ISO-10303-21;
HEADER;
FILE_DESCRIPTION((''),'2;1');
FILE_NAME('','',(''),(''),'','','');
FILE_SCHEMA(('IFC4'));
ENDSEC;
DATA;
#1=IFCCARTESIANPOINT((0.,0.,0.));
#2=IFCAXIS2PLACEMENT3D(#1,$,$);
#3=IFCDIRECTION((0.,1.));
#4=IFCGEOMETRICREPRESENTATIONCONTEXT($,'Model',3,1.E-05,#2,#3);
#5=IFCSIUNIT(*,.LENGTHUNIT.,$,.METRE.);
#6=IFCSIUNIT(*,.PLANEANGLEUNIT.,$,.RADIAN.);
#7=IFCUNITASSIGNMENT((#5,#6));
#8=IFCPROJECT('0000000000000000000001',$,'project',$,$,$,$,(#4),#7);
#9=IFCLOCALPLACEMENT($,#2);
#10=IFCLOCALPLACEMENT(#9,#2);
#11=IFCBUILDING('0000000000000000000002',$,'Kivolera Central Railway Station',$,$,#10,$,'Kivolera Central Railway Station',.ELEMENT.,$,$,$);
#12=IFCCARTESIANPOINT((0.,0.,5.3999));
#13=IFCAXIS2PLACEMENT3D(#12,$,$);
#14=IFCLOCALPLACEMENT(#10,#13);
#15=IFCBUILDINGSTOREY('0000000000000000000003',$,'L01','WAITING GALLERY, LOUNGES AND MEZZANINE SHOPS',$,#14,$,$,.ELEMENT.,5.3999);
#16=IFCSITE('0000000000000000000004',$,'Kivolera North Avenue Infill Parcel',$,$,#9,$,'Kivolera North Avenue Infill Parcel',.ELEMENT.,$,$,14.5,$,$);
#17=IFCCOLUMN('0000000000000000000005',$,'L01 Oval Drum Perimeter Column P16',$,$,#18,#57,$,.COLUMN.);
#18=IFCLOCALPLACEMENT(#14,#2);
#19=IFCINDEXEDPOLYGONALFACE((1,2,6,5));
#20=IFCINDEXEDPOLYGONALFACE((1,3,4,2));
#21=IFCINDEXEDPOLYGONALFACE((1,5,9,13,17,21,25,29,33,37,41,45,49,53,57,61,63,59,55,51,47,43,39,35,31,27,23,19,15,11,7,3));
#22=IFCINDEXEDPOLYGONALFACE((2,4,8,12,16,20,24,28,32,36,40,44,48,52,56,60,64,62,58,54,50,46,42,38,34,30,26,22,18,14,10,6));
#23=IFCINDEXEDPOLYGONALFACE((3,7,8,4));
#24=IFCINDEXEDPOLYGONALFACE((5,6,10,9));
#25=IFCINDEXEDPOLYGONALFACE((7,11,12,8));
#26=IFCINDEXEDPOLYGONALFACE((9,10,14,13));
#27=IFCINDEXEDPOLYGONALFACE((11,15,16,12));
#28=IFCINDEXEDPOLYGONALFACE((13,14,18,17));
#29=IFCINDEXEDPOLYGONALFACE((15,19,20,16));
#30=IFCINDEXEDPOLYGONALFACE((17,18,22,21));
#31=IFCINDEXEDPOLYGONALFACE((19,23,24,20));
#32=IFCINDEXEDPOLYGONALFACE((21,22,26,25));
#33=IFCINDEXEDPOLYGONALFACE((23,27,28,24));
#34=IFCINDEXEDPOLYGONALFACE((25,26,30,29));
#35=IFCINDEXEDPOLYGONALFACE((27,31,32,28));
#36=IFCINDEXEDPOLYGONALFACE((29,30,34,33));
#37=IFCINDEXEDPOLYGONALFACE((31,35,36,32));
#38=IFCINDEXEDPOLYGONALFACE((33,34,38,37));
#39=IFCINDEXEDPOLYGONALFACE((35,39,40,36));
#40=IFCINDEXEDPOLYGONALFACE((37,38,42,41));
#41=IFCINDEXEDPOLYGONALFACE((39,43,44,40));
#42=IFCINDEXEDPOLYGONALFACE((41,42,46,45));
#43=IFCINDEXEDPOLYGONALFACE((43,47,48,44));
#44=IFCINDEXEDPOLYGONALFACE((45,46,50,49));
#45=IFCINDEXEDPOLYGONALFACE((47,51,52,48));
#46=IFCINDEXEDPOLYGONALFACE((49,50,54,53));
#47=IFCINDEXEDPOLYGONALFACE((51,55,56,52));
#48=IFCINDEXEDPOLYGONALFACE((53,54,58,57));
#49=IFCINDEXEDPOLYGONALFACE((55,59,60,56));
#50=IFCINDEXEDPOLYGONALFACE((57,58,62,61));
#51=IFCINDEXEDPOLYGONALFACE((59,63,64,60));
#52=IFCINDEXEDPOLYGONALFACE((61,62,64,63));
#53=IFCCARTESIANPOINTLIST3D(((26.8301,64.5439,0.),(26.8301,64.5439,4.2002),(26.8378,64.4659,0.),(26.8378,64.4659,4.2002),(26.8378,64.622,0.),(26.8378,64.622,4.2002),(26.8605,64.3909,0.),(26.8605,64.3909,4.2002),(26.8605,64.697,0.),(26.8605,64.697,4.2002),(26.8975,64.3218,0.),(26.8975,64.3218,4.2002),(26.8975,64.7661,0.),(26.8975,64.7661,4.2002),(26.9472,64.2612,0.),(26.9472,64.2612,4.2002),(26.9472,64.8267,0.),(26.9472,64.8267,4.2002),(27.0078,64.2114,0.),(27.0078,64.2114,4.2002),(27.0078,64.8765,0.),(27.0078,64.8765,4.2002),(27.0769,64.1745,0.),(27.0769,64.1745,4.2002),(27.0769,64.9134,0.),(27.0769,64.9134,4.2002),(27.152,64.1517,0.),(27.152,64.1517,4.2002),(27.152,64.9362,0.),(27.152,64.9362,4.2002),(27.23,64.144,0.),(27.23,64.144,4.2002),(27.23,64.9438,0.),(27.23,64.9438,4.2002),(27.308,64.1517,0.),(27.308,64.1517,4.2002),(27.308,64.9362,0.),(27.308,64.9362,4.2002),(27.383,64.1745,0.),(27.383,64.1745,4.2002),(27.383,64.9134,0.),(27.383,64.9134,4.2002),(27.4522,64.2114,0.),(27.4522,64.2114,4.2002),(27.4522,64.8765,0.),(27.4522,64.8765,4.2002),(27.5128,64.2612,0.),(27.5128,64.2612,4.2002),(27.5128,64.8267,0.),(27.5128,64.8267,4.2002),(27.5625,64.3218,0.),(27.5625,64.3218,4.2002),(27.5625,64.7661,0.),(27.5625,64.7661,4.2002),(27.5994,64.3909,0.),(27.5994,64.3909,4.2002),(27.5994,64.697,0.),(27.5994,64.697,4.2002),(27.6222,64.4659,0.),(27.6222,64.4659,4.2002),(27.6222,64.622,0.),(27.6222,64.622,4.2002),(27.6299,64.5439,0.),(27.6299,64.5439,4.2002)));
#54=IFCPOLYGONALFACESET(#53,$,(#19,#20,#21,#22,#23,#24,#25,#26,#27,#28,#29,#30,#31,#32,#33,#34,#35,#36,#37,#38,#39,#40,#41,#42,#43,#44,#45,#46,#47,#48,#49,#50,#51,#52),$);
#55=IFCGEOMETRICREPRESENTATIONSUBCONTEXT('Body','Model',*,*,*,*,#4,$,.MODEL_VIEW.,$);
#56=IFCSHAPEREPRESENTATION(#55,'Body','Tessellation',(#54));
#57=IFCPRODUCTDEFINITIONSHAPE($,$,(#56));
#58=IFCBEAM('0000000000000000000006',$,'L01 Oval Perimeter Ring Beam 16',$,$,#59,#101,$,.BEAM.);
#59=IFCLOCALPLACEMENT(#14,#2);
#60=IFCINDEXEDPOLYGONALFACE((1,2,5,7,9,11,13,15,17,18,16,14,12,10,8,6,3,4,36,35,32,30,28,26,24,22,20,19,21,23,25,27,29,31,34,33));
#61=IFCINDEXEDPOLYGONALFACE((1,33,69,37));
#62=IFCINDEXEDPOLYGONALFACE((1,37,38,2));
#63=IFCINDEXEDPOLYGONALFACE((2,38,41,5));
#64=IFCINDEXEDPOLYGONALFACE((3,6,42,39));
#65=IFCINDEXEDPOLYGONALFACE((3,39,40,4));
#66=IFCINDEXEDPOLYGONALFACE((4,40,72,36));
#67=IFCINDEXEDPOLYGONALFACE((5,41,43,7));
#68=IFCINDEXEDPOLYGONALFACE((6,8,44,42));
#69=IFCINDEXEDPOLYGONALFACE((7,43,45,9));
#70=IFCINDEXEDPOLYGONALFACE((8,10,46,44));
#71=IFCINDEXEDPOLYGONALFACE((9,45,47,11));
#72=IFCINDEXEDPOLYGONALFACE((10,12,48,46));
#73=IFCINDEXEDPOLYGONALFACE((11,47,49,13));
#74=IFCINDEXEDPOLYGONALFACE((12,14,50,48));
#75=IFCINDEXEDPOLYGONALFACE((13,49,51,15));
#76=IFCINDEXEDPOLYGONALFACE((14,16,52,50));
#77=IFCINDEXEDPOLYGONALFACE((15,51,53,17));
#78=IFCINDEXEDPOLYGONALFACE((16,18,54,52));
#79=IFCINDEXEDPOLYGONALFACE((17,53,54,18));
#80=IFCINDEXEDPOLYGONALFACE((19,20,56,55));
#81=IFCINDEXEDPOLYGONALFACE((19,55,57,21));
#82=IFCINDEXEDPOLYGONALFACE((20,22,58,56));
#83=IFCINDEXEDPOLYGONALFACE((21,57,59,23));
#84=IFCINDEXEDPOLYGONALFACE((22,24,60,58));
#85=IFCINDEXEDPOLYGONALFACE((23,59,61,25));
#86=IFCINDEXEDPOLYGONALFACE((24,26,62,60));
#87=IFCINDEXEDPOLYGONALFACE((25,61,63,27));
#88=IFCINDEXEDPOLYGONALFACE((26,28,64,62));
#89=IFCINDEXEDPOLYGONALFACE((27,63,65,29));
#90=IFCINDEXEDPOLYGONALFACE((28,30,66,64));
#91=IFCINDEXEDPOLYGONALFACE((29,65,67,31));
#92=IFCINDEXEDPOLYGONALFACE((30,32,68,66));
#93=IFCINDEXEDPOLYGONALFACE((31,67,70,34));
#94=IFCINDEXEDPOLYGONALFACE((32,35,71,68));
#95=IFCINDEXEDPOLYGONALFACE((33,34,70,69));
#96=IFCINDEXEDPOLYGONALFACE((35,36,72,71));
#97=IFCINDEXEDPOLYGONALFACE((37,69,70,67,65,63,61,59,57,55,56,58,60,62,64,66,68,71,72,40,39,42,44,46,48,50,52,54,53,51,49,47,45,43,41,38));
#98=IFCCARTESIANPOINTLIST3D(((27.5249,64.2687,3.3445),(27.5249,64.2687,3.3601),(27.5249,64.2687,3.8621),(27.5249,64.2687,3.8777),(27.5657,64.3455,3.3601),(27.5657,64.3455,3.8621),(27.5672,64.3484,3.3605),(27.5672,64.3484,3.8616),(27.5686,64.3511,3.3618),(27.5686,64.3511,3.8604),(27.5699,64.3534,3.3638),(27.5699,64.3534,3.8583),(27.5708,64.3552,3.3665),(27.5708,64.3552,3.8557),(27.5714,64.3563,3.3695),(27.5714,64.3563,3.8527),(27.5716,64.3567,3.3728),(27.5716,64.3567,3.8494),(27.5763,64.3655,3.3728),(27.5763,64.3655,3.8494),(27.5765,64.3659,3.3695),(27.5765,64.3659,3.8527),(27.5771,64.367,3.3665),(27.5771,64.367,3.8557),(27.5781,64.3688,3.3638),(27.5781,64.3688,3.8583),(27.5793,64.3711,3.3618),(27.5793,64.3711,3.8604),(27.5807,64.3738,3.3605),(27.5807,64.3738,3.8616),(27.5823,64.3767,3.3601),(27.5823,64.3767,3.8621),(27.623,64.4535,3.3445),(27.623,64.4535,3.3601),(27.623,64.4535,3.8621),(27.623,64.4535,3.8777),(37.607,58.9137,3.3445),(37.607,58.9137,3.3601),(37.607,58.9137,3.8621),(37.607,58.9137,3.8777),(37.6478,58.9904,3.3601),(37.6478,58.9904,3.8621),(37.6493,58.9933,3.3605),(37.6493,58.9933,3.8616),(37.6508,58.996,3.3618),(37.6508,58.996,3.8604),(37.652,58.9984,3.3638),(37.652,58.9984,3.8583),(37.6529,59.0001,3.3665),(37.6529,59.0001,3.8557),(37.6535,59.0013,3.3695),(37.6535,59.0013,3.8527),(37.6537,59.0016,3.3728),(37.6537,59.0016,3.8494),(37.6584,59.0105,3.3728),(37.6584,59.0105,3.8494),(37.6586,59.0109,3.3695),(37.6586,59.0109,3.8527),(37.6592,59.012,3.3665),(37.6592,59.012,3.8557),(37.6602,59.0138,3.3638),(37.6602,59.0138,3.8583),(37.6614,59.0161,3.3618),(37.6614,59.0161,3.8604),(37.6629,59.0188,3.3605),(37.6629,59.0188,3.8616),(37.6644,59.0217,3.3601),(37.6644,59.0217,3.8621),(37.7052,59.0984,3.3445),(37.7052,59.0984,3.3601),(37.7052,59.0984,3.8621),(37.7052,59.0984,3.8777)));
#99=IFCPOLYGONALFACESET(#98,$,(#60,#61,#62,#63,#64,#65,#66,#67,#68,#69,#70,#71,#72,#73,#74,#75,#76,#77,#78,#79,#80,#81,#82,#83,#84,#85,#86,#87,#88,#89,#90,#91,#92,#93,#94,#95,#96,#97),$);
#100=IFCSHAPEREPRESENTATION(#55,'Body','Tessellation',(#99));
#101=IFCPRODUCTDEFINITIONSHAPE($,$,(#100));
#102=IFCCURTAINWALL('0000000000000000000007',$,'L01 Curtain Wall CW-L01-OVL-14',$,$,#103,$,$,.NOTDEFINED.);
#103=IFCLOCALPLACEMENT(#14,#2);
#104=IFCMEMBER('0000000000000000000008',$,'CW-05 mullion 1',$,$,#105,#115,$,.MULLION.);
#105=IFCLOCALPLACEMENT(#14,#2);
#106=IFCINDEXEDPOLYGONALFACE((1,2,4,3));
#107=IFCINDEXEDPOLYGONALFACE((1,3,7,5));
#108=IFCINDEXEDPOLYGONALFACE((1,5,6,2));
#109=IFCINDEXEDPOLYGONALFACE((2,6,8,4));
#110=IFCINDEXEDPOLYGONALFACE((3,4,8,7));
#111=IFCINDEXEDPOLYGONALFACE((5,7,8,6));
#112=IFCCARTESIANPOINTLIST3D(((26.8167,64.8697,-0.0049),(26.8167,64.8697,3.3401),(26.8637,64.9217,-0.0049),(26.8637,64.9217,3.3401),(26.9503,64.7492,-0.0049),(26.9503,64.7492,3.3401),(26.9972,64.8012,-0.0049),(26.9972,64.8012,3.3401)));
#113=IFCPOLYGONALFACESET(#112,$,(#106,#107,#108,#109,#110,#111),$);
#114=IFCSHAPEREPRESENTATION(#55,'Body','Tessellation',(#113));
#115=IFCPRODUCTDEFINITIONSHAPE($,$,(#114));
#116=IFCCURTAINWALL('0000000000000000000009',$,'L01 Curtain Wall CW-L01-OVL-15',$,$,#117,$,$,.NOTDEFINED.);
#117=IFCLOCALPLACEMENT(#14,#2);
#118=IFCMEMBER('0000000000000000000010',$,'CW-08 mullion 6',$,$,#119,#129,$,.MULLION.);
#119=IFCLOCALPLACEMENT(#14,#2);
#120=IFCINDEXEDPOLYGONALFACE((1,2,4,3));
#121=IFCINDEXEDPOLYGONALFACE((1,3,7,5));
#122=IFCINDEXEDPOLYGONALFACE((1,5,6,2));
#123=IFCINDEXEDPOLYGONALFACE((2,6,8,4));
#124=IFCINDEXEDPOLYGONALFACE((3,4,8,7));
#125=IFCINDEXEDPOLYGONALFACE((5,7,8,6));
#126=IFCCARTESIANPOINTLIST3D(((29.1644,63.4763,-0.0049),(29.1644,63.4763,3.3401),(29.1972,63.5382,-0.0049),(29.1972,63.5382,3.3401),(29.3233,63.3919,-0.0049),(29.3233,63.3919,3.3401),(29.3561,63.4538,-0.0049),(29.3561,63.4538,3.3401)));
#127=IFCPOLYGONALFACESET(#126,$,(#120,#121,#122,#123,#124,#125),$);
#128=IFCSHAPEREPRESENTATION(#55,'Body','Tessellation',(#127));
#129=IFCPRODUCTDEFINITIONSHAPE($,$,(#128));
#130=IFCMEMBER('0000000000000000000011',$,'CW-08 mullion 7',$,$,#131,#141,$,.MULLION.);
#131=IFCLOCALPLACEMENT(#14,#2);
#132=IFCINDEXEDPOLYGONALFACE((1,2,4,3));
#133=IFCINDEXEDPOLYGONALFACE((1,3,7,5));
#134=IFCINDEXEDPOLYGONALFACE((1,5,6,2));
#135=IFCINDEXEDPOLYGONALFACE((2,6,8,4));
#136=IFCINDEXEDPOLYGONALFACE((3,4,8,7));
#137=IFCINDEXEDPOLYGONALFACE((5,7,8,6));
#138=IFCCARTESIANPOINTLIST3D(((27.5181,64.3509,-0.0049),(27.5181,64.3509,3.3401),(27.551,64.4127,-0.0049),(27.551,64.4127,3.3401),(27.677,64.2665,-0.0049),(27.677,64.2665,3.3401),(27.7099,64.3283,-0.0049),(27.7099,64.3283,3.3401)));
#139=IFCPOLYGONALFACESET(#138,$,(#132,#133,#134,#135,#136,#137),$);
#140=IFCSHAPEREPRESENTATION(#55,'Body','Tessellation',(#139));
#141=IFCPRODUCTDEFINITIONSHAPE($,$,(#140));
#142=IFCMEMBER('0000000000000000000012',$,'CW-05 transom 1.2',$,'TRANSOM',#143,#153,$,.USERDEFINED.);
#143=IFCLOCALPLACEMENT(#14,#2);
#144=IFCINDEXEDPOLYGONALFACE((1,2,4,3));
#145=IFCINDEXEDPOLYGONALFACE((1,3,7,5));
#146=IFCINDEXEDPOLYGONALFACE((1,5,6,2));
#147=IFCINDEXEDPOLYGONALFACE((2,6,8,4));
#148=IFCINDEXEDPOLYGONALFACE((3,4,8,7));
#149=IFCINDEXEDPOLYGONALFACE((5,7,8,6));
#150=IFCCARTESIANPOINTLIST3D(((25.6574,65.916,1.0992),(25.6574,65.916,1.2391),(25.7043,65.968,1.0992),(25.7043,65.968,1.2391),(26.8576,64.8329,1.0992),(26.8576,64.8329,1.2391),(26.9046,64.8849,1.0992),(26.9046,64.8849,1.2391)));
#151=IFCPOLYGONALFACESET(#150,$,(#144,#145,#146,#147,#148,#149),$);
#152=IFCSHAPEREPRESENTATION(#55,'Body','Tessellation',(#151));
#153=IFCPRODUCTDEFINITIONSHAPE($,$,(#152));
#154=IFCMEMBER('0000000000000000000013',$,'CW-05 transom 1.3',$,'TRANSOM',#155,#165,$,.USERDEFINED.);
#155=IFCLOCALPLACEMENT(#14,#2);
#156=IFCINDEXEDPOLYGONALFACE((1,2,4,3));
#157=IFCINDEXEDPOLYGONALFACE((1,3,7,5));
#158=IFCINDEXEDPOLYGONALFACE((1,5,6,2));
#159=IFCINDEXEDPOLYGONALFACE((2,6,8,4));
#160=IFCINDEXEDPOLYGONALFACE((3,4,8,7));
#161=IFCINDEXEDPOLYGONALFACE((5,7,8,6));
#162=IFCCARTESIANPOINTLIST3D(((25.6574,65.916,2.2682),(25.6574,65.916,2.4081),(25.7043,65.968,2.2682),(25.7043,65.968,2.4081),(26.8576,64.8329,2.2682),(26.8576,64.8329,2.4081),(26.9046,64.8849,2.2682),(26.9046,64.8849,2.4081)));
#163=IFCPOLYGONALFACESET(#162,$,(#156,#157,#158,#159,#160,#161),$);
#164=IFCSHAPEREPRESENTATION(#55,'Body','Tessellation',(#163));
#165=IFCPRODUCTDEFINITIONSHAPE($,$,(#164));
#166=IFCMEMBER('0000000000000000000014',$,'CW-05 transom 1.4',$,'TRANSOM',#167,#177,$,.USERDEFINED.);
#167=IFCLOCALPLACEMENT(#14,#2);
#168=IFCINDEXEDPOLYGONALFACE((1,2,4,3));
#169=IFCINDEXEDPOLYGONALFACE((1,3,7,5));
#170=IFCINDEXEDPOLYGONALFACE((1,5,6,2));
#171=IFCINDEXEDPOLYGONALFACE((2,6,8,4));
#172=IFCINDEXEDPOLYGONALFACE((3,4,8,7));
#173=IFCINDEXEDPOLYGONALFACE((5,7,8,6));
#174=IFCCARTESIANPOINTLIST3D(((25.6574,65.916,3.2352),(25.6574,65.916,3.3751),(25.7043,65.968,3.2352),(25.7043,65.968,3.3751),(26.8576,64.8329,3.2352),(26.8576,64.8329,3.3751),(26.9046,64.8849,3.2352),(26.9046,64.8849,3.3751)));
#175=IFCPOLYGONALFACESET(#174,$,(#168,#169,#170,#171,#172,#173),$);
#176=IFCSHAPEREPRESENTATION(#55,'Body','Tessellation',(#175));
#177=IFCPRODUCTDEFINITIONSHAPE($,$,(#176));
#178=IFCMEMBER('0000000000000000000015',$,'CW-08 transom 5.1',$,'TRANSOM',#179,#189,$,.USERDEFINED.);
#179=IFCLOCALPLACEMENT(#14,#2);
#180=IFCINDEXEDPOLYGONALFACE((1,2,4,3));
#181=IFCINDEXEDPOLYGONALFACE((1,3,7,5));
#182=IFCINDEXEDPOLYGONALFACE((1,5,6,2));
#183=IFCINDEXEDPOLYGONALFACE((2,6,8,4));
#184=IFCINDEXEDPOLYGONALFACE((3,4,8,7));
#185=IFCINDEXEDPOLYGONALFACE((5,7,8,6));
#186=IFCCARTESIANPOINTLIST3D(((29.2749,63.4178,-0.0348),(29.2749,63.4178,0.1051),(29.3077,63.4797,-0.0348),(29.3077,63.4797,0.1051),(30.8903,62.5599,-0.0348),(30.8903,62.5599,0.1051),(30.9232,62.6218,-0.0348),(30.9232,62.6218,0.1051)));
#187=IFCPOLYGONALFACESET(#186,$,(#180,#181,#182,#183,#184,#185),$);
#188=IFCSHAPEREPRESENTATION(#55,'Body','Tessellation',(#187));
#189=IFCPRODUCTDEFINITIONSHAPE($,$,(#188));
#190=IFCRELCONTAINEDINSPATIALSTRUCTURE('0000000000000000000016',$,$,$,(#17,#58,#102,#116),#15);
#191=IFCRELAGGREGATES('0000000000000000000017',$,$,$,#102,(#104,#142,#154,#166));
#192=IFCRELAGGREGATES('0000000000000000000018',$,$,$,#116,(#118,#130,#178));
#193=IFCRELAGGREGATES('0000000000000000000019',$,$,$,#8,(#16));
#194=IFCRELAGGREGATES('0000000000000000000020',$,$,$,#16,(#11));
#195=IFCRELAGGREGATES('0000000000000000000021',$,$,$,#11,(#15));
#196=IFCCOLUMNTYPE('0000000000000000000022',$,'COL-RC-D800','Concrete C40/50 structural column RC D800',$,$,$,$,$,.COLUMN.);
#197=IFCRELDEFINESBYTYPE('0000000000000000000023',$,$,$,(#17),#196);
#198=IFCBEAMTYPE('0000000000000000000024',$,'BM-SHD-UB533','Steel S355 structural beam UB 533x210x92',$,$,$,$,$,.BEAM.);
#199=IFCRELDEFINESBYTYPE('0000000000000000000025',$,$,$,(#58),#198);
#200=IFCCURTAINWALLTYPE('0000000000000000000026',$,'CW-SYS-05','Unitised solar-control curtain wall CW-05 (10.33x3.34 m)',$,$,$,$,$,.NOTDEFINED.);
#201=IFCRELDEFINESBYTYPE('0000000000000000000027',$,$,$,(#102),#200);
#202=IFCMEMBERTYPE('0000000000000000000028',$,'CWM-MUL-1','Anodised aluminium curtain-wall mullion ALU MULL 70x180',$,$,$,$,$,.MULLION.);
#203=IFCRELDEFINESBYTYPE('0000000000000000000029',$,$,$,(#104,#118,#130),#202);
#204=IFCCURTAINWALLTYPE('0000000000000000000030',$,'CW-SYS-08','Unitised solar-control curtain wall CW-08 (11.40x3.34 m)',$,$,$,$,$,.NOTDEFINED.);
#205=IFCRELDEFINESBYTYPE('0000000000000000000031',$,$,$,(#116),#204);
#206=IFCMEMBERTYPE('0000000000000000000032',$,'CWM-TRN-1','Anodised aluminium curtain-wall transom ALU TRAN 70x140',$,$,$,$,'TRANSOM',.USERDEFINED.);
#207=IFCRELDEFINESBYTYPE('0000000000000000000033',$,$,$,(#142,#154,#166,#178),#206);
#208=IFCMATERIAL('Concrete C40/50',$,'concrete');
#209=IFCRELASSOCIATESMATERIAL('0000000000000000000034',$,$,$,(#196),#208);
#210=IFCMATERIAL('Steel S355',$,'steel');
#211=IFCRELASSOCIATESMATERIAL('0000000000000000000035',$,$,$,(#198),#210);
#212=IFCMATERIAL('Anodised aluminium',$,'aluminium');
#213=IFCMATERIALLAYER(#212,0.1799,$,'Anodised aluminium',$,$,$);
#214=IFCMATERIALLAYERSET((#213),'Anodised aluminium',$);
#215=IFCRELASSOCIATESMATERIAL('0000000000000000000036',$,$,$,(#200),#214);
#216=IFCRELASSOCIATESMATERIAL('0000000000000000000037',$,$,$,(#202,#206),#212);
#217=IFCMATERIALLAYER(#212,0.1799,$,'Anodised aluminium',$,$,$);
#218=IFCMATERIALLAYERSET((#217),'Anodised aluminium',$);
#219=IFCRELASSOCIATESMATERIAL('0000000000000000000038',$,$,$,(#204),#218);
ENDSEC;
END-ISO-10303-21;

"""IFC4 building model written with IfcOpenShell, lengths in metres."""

from ifc_helpers import new_model, si_unit, direction, frame, origin, origin_2d, place, context, subcontext, project, spatial, rectangle, circle, i_section, extrude, material, layer, layer_set, material_profile, profile_set, type_object, element, aggregate, save


model = new_model("IFC4")

# Units and contexts
model_context = context("Model", 3, precision=1e-05, world=origin(), true_north=direction((0.0, 1.0)))
body_context = subcontext(model_context, "Body", "Model", "MODEL_VIEW")
ifc_project = project(units=[si_unit("LENGTHUNIT", "METRE"), si_unit("PLANEANGLEUNIT", "RADIAN")], contexts=[model_context])

# Site, building, storey
site_placement = place(None, origin())
site = spatial("IfcSite", under=ifc_project, at=site_placement, Name="Kivolera North Avenue Infill Parcel", LongName="Kivolera North Avenue Infill Parcel", CompositionType="ELEMENT", RefElevation=14.5)
building_placement = place(site_placement, origin())
building = spatial("IfcBuilding", under=site, at=building_placement, Name="Kivolera Central Railway Station", LongName="Kivolera Central Railway Station", CompositionType="ELEMENT")
storey_placement = place(building_placement, frame((0.0, 0.0, 5.3999)))
storey = spatial("IfcBuildingStorey", under=building, at=storey_placement, Name="L01", Description="WAITING GALLERY, LOUNGES AND MEZZANINE SHOPS", CompositionType="ELEMENT", Elevation=5.3999)

# Column
ifc_material_1 = material(Name="Concrete C40/50", Category="concrete")
ifc_material_profile_1 = material_profile(ifc_material_1, circle(Radius=0.3999, at=origin_2d()), Name="RC D800")
ifc_profile_set_1 = profile_set([ifc_material_profile_1], Name="Concrete C40/50")
column_type = type_object("IfcColumnType", Name="COL-RC-D800", Description="Concrete C40/50 structural column RC D800", PredefinedType="COLUMN", material=ifc_profile_set_1)
column_placement = place(storey_placement, frame((27.23, 64.5439, 0.0), z_axis=(0.0, 0.0, 1.0), x_axis=(1.0, 0.0, 0.0)))
element("IfcColumn", 1, at=column_placement, inside=storey, type_object=column_type, Name="L01 Oval Drum Perimeter Column P16", PredefinedType="COLUMN", context=body_context, shape_type="SweptSolid", body=[
    extrude(circle(Radius=0.3999, at=origin_2d()), origin(), (0.0, 0.0, 1.0), 4.2002),
])

# Beam
ifc_material_2 = material(Name="Steel S355", Category="steel")
ifc_material_profile_2 = material_profile(ifc_material_2, i_section(OverallWidth=0.2092, OverallDepth=0.5332, WebThickness=0.01, FlangeThickness=0.0156, FilletRadius=0.0127, at=origin_2d()), Name="UB 533x210x92")
ifc_profile_set_2 = profile_set([ifc_material_profile_2], Name="Steel S355")
beam_type = type_object("IfcBeamType", Name="BM-SHD-UB533", Description="Steel S355 structural beam UB 533x210x92", PredefinedType="BEAM", material=ifc_profile_set_2)
beam_placement = place(storey_placement, frame((27.574, 64.3611, 3.6111), z_axis=(0.883156, -0.46908, 0.0), x_axis=(0.46908, 0.883156, 0.0)))
element("IfcBeam", 2, at=beam_placement, inside=storey, type_object=beam_type, Name="L01 Oval Perimeter Ring Beam 16", PredefinedType="BEAM", context=body_context, shape_type="SweptSolid", body=[
    extrude(i_section(OverallWidth=0.2092, OverallDepth=0.5332, WebThickness=0.01, FlangeThickness=0.0156, FilletRadius=0.0127, at=origin_2d()), origin(), (0.0, 0.0, 1.0), 11.416),
])

# Curtain wall, member
ifc_material_3 = material(Name="Anodised aluminium", Category="aluminium")
ifc_layer_1 = layer(ifc_material_3, 0.1799, Name="Anodised aluminium")
ifc_layer_set_1 = layer_set([ifc_layer_1], Name="Anodised aluminium")
curtain_wall_type_1 = type_object("IfcCurtainWallType", Name="CW-SYS-05", Description="Unitised solar-control curtain wall CW-05 (10.33x3.34 m)", PredefinedType="NOTDEFINED", material=ifc_layer_set_1)
curtain_wall_1_placement = place(storey_placement, origin())
curtain_wall_1 = element("IfcCurtainWall", 3, at=curtain_wall_1_placement, inside=storey, type_object=curtain_wall_type_1, Name="L01 Curtain Wall CW-L01-OVL-14", PredefinedType="NOTDEFINED")
ifc_material_profile_3 = material_profile(ifc_material_3, rectangle(XDim=0.0701, YDim=0.1799, at=origin_2d()), Name="ALU MULL 70x180")
ifc_profile_set_3 = profile_set([ifc_material_profile_3], Name="Anodised aluminium")
member_type_1 = type_object("IfcMemberType", Name="CWM-MUL-1", Description="Anodised aluminium curtain-wall mullion ALU MULL 70x180", PredefinedType="MULLION", material=ifc_profile_set_3)
member_1_placement = place(storey_placement, frame((26.907, 64.8354, -0.0049), z_axis=(0.0, 0.0, 1.0), x_axis=(-0.669922, -0.742432, 0.0)))
member_1 = element("IfcMember", 4, at=member_1_placement, type_object=member_type_1, Name="CW-05 mullion 1", PredefinedType="MULLION", context=body_context, shape_type="SweptSolid", body=[
    extrude(rectangle(XDim=0.0701, YDim=0.1799, at=origin_2d()), origin(), (0.0, 0.0, 1.0), 3.345),
])

# Curtain wall, members
ifc_layer_2 = layer(ifc_material_3, 0.1799, Name="Anodised aluminium")
ifc_layer_set_2 = layer_set([ifc_layer_2], Name="Anodised aluminium")
curtain_wall_type_2 = type_object("IfcCurtainWallType", Name="CW-SYS-08", Description="Unitised solar-control curtain wall CW-08 (11.40x3.34 m)", PredefinedType="NOTDEFINED", material=ifc_layer_set_2)
curtain_wall_2_placement = place(storey_placement, origin())
curtain_wall_2 = element("IfcCurtainWall", 5, at=curtain_wall_2_placement, inside=storey, type_object=curtain_wall_type_2, Name="L01 Curtain Wall CW-L01-OVL-15", PredefinedType="NOTDEFINED")
member_2_placement = place(storey_placement, frame((29.2603, 63.4651, -0.0049), z_axis=(0.0, 0.0, 1.0), x_axis=(-0.469053, -0.88317, 0.0)))
member_2 = element("IfcMember", 6, at=member_2_placement, type_object=member_type_1, Name="CW-08 mullion 6", PredefinedType="MULLION", context=body_context, shape_type="SweptSolid", body=[
    extrude(rectangle(XDim=0.0701, YDim=0.1799, at=origin_2d()), origin(), (0.0, 0.0, 1.0), 3.345),
])
member_3_placement = place(storey_placement, frame((27.614, 64.3396, -0.0049), z_axis=(0.0, 0.0, 1.0), x_axis=(-0.469053, -0.88317, 0.0)))
member_3 = element("IfcMember", 7, at=member_3_placement, type_object=member_type_1, Name="CW-08 mullion 7", PredefinedType="MULLION", context=body_context, shape_type="SweptSolid", body=[
    extrude(rectangle(XDim=0.0701, YDim=0.1799, at=origin_2d()), origin(), (0.0, 0.0, 1.0), 3.345),
])

# Members
ifc_material_profile_4 = material_profile(ifc_material_3, rectangle(XDim=0.0701, YDim=0.1399, at=origin_2d()), Name="ALU TRAN 70x140")
ifc_profile_set_4 = profile_set([ifc_material_profile_4], Name="Anodised aluminium")
member_type_2 = type_object("IfcMemberType", Name="CWM-TRN-1", Description="Anodised aluminium curtain-wall transom ALU TRAN 70x140", ElementType="TRANSOM", PredefinedType="USERDEFINED", material=ifc_profile_set_4)
member_4_placement = place(storey_placement, frame((26.8811, 64.8589, 1.1692), z_axis=(-0.742422, 0.669932, 0.0), x_axis=(-0.669932, -0.742422, 0.0)))
member_4 = element("IfcMember", 8, at=member_4_placement, type_object=member_type_2, Name="CW-05 transom 1.2", ObjectType="TRANSOM", PredefinedType="USERDEFINED", context=body_context, shape_type="SweptSolid", body=[
    extrude(rectangle(XDim=0.0701, YDim=0.1399, at=origin_2d()), origin(), (0.0, 0.0, 1.0), 1.6167),
])
member_5_placement = place(storey_placement, frame((26.8811, 64.8589, 2.3381), z_axis=(-0.742422, 0.669932, 0.0), x_axis=(-0.669932, -0.742422, 0.0)))
member_5 = element("IfcMember", 9, at=member_5_placement, type_object=member_type_2, Name="CW-05 transom 1.3", ObjectType="TRANSOM", PredefinedType="USERDEFINED", context=body_context, shape_type="SweptSolid", body=[
    extrude(rectangle(XDim=0.0701, YDim=0.1399, at=origin_2d()), origin(), (0.0, 0.0, 1.0), 1.6167),
])
member_6_placement = place(storey_placement, frame((26.8811, 64.8589, 3.3052), z_axis=(-0.742422, 0.669932, 0.0), x_axis=(-0.669932, -0.742422, 0.0)))
member_6 = element("IfcMember", 10, at=member_6_placement, type_object=member_type_2, Name="CW-05 transom 1.4", ObjectType="TRANSOM", PredefinedType="USERDEFINED", context=body_context, shape_type="SweptSolid", body=[
    extrude(rectangle(XDim=0.0701, YDim=0.1399, at=origin_2d()), origin(), (0.0, 0.0, 1.0), 1.6167),
])
aggregate(curtain_wall_1, [member_1, member_4, member_5, member_6])
member_7_placement = place(storey_placement, frame((30.9067, 62.5908, 0.0352), z_axis=(-0.883187, 0.469022, 0.0), x_axis=(-0.469022, -0.883187, 0.0)))
member_7 = element("IfcMember", 11, at=member_7_placement, type_object=member_type_2, Name="CW-08 transom 5.1", ObjectType="TRANSOM", PredefinedType="USERDEFINED", context=body_context, shape_type="SweptSolid", body=[
    extrude(rectangle(XDim=0.0701, YDim=0.1399, at=origin_2d()), origin(), (0.0, 0.0, 1.0), 1.8291),
])

aggregate(curtain_wall_2, [member_2, member_3, member_7])

save(model, "model.ifc")
